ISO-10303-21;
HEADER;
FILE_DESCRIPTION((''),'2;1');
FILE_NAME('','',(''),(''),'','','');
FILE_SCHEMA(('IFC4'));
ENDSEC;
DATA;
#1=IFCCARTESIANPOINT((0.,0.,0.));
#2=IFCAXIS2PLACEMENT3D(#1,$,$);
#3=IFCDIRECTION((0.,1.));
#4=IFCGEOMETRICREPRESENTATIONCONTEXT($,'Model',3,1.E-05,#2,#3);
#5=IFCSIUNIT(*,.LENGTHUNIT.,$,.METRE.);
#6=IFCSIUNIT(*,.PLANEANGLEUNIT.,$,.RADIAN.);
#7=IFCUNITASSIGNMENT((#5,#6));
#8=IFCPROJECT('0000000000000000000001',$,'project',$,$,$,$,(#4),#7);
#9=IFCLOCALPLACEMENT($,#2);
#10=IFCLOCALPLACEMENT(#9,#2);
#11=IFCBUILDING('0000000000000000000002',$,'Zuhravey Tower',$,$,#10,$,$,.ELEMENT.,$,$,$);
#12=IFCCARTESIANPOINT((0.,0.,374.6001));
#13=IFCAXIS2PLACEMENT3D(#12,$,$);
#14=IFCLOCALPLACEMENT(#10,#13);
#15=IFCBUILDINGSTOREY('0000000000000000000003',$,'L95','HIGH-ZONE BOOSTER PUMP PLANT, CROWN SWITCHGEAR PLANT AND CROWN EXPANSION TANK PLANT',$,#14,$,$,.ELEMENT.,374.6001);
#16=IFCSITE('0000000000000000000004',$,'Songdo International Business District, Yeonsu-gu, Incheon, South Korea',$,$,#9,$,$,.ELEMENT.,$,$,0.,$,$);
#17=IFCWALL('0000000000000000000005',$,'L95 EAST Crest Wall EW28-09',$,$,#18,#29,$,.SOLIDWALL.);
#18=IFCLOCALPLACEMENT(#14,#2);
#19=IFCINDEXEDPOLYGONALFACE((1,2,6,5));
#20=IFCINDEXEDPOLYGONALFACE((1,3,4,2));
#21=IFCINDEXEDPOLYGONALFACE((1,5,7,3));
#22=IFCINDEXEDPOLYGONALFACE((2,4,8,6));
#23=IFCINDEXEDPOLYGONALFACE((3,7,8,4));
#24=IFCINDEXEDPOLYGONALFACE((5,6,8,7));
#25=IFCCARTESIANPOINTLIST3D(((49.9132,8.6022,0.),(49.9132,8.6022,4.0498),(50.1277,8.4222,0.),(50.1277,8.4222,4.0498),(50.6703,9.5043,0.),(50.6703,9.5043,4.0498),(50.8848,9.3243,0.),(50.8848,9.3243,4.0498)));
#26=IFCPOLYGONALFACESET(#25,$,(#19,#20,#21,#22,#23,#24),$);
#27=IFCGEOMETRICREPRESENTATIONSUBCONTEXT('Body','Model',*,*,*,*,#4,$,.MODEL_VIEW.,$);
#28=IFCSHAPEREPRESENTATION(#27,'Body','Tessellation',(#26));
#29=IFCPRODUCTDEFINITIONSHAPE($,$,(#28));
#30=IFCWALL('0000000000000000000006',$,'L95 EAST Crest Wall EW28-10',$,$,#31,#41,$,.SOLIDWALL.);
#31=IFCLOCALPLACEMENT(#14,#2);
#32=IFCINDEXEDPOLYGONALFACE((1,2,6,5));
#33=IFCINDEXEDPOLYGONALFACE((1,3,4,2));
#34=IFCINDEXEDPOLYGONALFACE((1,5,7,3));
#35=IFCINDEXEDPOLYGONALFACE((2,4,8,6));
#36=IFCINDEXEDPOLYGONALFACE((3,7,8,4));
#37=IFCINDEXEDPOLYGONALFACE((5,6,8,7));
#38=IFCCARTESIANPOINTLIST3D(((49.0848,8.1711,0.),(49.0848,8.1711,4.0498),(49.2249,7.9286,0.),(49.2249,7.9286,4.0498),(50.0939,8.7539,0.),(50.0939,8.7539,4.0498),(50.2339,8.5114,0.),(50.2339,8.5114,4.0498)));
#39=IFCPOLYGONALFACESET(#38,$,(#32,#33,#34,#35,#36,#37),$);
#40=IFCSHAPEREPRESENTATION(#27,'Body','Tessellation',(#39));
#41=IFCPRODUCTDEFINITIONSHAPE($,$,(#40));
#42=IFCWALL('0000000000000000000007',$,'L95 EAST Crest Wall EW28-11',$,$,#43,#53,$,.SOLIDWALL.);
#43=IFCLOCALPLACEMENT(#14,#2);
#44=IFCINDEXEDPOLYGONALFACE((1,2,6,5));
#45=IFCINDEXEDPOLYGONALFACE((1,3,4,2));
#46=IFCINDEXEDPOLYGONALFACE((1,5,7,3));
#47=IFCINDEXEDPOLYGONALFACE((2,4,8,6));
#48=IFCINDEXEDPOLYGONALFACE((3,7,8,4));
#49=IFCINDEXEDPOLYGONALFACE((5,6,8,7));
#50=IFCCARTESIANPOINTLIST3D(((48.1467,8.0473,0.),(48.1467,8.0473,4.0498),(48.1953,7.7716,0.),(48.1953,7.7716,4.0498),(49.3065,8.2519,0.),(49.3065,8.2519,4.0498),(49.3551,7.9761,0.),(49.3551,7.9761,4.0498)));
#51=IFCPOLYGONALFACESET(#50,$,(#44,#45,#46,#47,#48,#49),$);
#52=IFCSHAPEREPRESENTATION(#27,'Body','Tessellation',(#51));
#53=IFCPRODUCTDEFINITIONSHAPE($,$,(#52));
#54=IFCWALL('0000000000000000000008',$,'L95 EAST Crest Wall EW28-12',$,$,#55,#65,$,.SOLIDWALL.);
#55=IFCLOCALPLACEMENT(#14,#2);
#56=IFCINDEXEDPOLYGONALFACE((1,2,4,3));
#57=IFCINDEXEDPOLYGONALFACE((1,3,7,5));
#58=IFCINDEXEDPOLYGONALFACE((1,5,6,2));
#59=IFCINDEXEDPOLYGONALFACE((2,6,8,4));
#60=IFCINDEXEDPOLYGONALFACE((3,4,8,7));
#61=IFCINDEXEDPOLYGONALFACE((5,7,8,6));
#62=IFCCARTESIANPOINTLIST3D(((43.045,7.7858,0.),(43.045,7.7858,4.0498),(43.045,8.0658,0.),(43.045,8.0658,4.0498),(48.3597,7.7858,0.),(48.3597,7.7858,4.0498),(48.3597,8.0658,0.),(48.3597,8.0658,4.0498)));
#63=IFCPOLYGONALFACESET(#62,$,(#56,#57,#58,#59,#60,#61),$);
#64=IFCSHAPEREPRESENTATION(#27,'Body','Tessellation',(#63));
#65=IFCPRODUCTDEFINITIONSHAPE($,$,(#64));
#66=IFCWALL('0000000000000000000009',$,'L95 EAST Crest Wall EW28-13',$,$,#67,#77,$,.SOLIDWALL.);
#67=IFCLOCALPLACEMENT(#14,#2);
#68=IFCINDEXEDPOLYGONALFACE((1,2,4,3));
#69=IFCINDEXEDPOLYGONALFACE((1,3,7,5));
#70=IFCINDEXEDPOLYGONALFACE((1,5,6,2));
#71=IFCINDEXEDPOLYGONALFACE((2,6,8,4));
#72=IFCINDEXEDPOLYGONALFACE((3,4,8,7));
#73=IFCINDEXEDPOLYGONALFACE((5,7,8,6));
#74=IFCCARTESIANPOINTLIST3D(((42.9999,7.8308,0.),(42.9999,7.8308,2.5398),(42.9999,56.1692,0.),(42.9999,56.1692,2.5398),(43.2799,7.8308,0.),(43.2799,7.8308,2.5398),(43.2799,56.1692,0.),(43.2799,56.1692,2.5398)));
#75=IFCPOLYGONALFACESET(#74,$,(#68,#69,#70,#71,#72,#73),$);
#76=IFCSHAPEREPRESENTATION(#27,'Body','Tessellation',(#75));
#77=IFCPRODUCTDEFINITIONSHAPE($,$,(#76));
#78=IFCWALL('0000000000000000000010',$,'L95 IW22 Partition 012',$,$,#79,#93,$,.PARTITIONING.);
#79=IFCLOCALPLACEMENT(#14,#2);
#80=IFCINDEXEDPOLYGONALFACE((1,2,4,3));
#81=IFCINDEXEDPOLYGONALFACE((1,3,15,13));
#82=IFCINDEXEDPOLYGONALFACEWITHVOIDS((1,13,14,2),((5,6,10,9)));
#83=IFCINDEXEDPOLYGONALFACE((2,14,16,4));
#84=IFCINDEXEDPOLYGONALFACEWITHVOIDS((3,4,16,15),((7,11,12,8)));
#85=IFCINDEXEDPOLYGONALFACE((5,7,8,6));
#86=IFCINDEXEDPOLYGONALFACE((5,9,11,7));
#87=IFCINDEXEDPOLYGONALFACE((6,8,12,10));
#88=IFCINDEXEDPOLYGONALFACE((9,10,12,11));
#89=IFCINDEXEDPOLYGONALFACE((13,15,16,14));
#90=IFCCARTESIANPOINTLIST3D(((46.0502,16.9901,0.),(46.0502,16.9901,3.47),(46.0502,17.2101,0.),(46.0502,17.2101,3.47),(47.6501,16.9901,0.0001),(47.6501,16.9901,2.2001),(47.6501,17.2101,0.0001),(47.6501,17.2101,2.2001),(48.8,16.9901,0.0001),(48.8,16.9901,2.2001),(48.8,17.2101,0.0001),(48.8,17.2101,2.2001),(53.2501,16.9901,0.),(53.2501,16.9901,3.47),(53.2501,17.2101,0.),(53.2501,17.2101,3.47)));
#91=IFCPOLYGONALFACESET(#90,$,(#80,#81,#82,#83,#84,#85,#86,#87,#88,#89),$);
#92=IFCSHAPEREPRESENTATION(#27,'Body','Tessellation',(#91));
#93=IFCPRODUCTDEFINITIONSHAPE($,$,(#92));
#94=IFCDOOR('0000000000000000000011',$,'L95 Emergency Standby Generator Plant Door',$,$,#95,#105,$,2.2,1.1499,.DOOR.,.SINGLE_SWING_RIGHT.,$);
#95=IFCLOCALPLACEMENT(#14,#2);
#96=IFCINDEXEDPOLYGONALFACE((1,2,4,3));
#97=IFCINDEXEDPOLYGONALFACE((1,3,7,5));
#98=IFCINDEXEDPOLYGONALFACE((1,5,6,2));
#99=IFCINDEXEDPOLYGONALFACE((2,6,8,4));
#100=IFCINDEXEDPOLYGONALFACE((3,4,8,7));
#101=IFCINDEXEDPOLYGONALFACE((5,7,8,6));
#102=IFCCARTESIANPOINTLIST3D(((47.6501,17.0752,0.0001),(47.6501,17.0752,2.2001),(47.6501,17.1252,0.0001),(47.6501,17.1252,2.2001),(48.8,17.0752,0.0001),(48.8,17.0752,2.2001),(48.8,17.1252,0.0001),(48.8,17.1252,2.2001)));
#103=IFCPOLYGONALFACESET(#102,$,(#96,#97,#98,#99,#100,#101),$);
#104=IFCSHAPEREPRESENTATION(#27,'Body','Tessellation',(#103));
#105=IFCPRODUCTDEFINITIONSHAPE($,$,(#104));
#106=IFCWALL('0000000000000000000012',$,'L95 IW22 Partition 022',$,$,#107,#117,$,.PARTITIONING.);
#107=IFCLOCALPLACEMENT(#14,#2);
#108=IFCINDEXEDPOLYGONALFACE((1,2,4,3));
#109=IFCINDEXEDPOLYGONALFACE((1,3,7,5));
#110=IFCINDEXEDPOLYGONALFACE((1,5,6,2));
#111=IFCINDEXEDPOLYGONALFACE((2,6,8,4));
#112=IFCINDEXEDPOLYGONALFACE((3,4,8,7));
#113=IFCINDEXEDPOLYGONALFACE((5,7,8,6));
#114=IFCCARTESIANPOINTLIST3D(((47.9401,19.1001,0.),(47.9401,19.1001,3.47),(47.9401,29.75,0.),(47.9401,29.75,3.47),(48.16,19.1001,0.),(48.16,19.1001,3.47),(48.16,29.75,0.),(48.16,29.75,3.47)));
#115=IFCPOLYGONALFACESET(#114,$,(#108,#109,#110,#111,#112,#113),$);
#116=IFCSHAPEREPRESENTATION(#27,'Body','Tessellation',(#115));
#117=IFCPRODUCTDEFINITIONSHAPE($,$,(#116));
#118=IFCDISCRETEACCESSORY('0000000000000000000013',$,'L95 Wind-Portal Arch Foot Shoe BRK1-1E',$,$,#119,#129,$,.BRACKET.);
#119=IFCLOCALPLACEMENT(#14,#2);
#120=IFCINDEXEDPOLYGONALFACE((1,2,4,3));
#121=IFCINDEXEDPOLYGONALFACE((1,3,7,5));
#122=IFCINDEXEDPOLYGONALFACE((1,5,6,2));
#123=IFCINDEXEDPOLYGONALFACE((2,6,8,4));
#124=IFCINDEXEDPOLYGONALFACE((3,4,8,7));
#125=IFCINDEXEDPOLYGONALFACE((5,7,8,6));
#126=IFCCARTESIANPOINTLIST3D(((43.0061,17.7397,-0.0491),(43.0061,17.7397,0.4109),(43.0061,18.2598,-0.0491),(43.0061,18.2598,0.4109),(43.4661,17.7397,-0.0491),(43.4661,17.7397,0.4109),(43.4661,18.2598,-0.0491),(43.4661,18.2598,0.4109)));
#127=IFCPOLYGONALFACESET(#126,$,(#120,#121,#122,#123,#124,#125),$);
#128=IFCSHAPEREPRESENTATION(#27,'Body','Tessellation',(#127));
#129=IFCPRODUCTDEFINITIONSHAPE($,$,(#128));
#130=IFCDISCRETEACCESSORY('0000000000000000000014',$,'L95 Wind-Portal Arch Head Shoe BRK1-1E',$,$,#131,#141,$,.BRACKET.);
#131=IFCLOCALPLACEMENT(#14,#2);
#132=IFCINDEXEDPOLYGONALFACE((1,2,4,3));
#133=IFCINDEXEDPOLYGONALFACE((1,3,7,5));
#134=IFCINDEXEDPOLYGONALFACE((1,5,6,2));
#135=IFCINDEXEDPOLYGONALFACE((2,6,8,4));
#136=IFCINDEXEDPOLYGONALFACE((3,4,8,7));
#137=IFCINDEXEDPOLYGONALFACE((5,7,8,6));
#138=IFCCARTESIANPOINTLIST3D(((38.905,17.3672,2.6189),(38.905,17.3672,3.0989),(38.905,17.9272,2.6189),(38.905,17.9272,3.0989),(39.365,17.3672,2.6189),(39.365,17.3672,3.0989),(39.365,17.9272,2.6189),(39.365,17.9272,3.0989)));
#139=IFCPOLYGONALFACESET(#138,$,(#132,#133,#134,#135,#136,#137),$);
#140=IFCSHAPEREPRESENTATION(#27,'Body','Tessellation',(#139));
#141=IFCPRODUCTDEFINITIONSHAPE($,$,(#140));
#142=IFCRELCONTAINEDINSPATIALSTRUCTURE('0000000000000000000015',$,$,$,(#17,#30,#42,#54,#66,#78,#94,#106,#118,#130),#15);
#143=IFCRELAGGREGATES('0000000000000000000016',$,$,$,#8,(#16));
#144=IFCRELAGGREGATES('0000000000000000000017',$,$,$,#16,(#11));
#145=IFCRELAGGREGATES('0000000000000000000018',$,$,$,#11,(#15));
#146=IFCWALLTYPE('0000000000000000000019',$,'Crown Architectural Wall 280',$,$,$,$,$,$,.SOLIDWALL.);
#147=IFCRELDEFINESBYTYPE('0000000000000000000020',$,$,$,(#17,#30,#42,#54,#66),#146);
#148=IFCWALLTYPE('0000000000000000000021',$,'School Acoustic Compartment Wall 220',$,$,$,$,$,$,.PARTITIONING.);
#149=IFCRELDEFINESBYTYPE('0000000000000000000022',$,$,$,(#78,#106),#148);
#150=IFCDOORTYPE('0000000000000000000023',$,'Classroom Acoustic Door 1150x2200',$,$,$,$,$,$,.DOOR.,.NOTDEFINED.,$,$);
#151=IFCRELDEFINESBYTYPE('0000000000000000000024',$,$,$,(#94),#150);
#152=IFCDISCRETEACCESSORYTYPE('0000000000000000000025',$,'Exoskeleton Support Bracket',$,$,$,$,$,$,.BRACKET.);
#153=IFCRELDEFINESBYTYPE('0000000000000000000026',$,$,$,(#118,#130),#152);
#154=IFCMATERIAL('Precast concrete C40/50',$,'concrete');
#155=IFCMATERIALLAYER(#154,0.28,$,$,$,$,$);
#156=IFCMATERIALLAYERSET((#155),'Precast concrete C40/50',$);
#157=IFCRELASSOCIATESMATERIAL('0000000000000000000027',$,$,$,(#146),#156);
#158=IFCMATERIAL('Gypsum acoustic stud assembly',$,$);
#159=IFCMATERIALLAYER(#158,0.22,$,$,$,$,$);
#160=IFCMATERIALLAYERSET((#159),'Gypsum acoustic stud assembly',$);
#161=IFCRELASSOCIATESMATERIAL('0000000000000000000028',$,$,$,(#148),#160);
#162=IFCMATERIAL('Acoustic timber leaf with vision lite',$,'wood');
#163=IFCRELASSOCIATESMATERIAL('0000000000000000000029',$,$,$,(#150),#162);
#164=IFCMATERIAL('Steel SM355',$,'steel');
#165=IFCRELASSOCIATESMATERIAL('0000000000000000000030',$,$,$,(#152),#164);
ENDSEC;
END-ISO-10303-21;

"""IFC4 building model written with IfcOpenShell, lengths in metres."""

from ifc_helpers import new_model, si_unit, direction, frame, frame_2d, origin, origin_2d, place, context, subcontext, project, spatial, rectangle, extrude, material, layer, layer_set, type_object, element, fill, save


model = new_model("IFC4")

# Units and contexts
model_context = context("Model", 3, precision=1e-05, world=origin(), true_north=direction((0.0, 1.0)))
body_context = subcontext(model_context, "Body", "Model", "MODEL_VIEW")
ifc_project = project(units=[si_unit("LENGTHUNIT", "METRE"), si_unit("PLANEANGLEUNIT", "RADIAN")], contexts=[model_context])

# Site, building, storey
site_placement = place(None, origin())
site = spatial("IfcSite", under=ifc_project, at=site_placement, Name="Songdo International Business District, Yeonsu-gu, Incheon, South Korea", CompositionType="ELEMENT", RefElevation=0.0)
building_placement = place(site_placement, origin())
building = spatial("IfcBuilding", under=site, at=building_placement, Name="Zuhravey Tower", CompositionType="ELEMENT")
storey_placement = place(building_placement, frame((0.0, 0.0, 374.6001)))
storey = spatial("IfcBuildingStorey", under=building, at=storey_placement, Name="L95", Description="HIGH-ZONE BOOSTER PUMP PLANT, CROWN SWITCHGEAR PLANT AND CROWN EXPANSION TANK PLANT", CompositionType="ELEMENT", Elevation=374.6001)

# Shared definitions
ifc_material_1 = material(Name="Steel SM355", Category="steel")

# Walls
ifc_material_2 = material(Name="Precast concrete C40/50", Category="concrete")
ifc_layer_1 = layer(ifc_material_2, 0.28)
ifc_layer_set_1 = layer_set([ifc_layer_1], Name="Precast concrete C40/50")
wall_type_1 = type_object("IfcWallType", Name="Crown Architectural Wall 280", PredefinedType="SOLIDWALL", material=ifc_layer_set_1)
wall_1_placement = place(storey_placement, frame((50.7776, 9.4143, 0.0), z_axis=(0.0, 0.0, 1.0), x_axis=(-0.642852, -0.765991, 0.0)))
element("IfcWall", 1, at=wall_1_placement, inside=storey, type_object=wall_type_1, Name="L95 EAST Crest Wall EW28-09", PredefinedType="SOLIDWALL", context=body_context, shape_type="SweptSolid", body=[
    extrude(rectangle(XDim=1.1777, YDim=0.28, at=frame_2d((0.5889, 0.0))), origin(), (0.0, 0.0, 1.0), 4.0498),
])
wall_2_placement = place(storey_placement, frame((50.1638, 8.6326, 0.0), z_axis=(0.0, 0.0, 1.0), x_axis=(-0.865952, -0.500127, 0.0)))
element("IfcWall", 2, at=wall_2_placement, inside=storey, type_object=wall_type_1, Name="L95 EAST Crest Wall EW28-10", PredefinedType="SOLIDWALL", context=body_context, shape_type="SweptSolid", body=[
    extrude(rectangle(XDim=1.1653, YDim=0.28, at=frame_2d((0.5825, 0.0))), origin(), (0.0, 0.0, 1.0), 4.0498),
])
wall_3_placement = place(storey_placement, frame((49.3308, 8.114, 0.0), z_axis=(0.0, 0.0, 1.0), x_axis=(-0.984798, -0.173703, 0.0)))
element("IfcWall", 3, at=wall_3_placement, inside=storey, type_object=wall_type_1, Name="L95 EAST Crest Wall EW28-11", PredefinedType="SOLIDWALL", context=body_context, shape_type="SweptSolid", body=[
    extrude(rectangle(XDim=1.1777, YDim=0.28, at=frame_2d((0.5889, 0.0))), origin(), (0.0, 0.0, 1.0), 4.0498),
])
wall_4_placement = place(storey_placement, frame((48.3596, 7.9258, 0.0), z_axis=(0.0, 0.0, 1.0), x_axis=(-1.0, 0.0, 0.0)))
element("IfcWall", 4, at=wall_4_placement, inside=storey, type_object=wall_type_1, Name="L95 EAST Crest Wall EW28-12", PredefinedType="SOLIDWALL", context=body_context, shape_type="SweptSolid", body=[
    extrude(rectangle(XDim=5.3147, YDim=0.28, at=frame_2d((2.6572, 0.0))), origin(), (0.0, 0.0, 1.0), 4.0498),
])
wall_5_placement = place(storey_placement, frame((43.1399, 7.8308, 0.0), z_axis=(0.0, 0.0, 1.0), x_axis=(0.0, 1.0, 0.0)))
element("IfcWall", 5, at=wall_5_placement, inside=storey, type_object=wall_type_1, Name="L95 EAST Crest Wall EW28-13", PredefinedType="SOLIDWALL", context=body_context, shape_type="SweptSolid", body=[
    extrude(rectangle(XDim=48.3384, YDim=0.28, at=frame_2d((24.1692, 0.0))), origin(), (0.0, 0.0, 1.0), 2.5398),
])

# Wall, opening, door
ifc_material_3 = material(Name="Gypsum acoustic stud assembly")
ifc_layer_2 = layer(ifc_material_3, 0.22)
ifc_layer_set_2 = layer_set([ifc_layer_2], Name="Gypsum acoustic stud assembly")
wall_type_2 = type_object("IfcWallType", Name="School Acoustic Compartment Wall 220", PredefinedType="PARTITIONING", material=ifc_layer_set_2)
wall_6_placement = place(storey_placement, frame((46.05, 17.1001, 0.0), z_axis=(0.0, 0.0, 1.0), x_axis=(1.0, 0.0, 0.0)))
wall_6 = element("IfcWall", 6, at=wall_6_placement, inside=storey, type_object=wall_type_2, Name="L95 IW22 Partition 012", PredefinedType="PARTITIONING", context=body_context, shape_type="SweptSolid", body=[
    extrude(rectangle(XDim=7.2, YDim=0.22, at=frame_2d((3.6001, 0.0))), origin(), (0.0, 0.0, 1.0), 3.47),
])
opening_1_placement = place(wall_6_placement, frame((1.6001, 0.0, 0.0)))
opening_1 = element("IfcOpeningElement", 7, at=opening_1_placement, cuts=wall_6, PredefinedType="OPENING", context=body_context, shape_type="SweptSolid", body=[
    extrude(rectangle(XDim=1.1499, YDim=2.2, at=frame_2d((0.575, 1.1001))), frame((0.0, 0.1221, 0.0), z_axis=(0.0, -1.0, 0.0), x_axis=(1.0, 0.0, 0.0)), (0.0, 0.0, 1.0), 0.2439),
])
ifc_material_4 = material(Name="Acoustic timber leaf with vision lite", Category="wood")
door_type_1 = type_object("IfcDoorType", Name="Classroom Acoustic Door 1150x2200", OperationType="NOTDEFINED", PredefinedType="DOOR", material=ifc_material_4)
door_1_placement = place(opening_1_placement, frame((1.1499, 0.0, 0.0), z_axis=(0.0, 0.0, 1.0), x_axis=(-1.0, 0.0, 0.0)))
door_1 = element("IfcDoor", 8, at=door_1_placement, inside=storey, type_object=door_type_1, Name="L95 Emergency Standby Generator Plant Door", OperationType="SINGLE_SWING_RIGHT", OverallHeight=2.2, OverallWidth=1.1499, PredefinedType="DOOR", context=body_context, shape_type="SweptSolid", body=[
    extrude(rectangle(XDim=1.1499, YDim=2.2, at=frame_2d((0.575, 1.1001))), frame((0.0, 0.0249, 0.0), z_axis=(0.0, -1.0, 0.0), x_axis=(1.0, 0.0, 0.0)), (0.0, 0.0, 1.0), 0.05),
])
fill(opening_1, door_1)

# Wall
wall_7_placement = place(storey_placement, frame((48.05, 19.1001, 0.0), z_axis=(0.0, 0.0, 1.0), x_axis=(0.0, 1.0, 0.0)))
element("IfcWall", 9, at=wall_7_placement, inside=storey, type_object=wall_type_2, Name="L95 IW22 Partition 022", PredefinedType="PARTITIONING", context=body_context, shape_type="SweptSolid", body=[
    extrude(rectangle(XDim=10.6499, YDim=0.22, at=frame_2d((5.325, 0.0))), origin(), (0.0, 0.0, 1.0), 3.47),
])

# Discrete accessories
discrete_accessory_type = type_object("IfcDiscreteAccessoryType", Name="Exoskeleton Support Bracket", PredefinedType="BRACKET", material=ifc_material_1)
discrete_accessory_1_placement = place(storey_placement, frame((43.2361, 17.9998, -0.0491), z_axis=(0.0, 0.0, 1.0), x_axis=(1.0, 0.0, 0.0)))
element("IfcDiscreteAccessory", 10, at=discrete_accessory_1_placement, inside=storey, type_object=discrete_accessory_type, Name="L95 Wind-Portal Arch Foot Shoe BRK1-1E", PredefinedType="BRACKET", context=body_context, shape_type="SweptSolid", body=[
    extrude(rectangle(XDim=0.46, YDim=0.52, at=origin_2d()), origin(), (0.0, 0.0, 1.0), 0.46),
])
discrete_accessory_2_placement = place(storey_placement, frame((39.135, 17.6472, 2.6189), z_axis=(0.0, 0.0, 1.0), x_axis=(1.0, 0.0, 0.0)))
element("IfcDiscreteAccessory", 11, at=discrete_accessory_2_placement, inside=storey, type_object=discrete_accessory_type, Name="L95 Wind-Portal Arch Head Shoe BRK1-1E", PredefinedType="BRACKET", context=body_context, shape_type="SweptSolid", body=[
    extrude(rectangle(XDim=0.46, YDim=0.5601, at=origin_2d()), origin(), (0.0, 0.0, 1.0), 0.48),
])

save(model, "model.ifc")
